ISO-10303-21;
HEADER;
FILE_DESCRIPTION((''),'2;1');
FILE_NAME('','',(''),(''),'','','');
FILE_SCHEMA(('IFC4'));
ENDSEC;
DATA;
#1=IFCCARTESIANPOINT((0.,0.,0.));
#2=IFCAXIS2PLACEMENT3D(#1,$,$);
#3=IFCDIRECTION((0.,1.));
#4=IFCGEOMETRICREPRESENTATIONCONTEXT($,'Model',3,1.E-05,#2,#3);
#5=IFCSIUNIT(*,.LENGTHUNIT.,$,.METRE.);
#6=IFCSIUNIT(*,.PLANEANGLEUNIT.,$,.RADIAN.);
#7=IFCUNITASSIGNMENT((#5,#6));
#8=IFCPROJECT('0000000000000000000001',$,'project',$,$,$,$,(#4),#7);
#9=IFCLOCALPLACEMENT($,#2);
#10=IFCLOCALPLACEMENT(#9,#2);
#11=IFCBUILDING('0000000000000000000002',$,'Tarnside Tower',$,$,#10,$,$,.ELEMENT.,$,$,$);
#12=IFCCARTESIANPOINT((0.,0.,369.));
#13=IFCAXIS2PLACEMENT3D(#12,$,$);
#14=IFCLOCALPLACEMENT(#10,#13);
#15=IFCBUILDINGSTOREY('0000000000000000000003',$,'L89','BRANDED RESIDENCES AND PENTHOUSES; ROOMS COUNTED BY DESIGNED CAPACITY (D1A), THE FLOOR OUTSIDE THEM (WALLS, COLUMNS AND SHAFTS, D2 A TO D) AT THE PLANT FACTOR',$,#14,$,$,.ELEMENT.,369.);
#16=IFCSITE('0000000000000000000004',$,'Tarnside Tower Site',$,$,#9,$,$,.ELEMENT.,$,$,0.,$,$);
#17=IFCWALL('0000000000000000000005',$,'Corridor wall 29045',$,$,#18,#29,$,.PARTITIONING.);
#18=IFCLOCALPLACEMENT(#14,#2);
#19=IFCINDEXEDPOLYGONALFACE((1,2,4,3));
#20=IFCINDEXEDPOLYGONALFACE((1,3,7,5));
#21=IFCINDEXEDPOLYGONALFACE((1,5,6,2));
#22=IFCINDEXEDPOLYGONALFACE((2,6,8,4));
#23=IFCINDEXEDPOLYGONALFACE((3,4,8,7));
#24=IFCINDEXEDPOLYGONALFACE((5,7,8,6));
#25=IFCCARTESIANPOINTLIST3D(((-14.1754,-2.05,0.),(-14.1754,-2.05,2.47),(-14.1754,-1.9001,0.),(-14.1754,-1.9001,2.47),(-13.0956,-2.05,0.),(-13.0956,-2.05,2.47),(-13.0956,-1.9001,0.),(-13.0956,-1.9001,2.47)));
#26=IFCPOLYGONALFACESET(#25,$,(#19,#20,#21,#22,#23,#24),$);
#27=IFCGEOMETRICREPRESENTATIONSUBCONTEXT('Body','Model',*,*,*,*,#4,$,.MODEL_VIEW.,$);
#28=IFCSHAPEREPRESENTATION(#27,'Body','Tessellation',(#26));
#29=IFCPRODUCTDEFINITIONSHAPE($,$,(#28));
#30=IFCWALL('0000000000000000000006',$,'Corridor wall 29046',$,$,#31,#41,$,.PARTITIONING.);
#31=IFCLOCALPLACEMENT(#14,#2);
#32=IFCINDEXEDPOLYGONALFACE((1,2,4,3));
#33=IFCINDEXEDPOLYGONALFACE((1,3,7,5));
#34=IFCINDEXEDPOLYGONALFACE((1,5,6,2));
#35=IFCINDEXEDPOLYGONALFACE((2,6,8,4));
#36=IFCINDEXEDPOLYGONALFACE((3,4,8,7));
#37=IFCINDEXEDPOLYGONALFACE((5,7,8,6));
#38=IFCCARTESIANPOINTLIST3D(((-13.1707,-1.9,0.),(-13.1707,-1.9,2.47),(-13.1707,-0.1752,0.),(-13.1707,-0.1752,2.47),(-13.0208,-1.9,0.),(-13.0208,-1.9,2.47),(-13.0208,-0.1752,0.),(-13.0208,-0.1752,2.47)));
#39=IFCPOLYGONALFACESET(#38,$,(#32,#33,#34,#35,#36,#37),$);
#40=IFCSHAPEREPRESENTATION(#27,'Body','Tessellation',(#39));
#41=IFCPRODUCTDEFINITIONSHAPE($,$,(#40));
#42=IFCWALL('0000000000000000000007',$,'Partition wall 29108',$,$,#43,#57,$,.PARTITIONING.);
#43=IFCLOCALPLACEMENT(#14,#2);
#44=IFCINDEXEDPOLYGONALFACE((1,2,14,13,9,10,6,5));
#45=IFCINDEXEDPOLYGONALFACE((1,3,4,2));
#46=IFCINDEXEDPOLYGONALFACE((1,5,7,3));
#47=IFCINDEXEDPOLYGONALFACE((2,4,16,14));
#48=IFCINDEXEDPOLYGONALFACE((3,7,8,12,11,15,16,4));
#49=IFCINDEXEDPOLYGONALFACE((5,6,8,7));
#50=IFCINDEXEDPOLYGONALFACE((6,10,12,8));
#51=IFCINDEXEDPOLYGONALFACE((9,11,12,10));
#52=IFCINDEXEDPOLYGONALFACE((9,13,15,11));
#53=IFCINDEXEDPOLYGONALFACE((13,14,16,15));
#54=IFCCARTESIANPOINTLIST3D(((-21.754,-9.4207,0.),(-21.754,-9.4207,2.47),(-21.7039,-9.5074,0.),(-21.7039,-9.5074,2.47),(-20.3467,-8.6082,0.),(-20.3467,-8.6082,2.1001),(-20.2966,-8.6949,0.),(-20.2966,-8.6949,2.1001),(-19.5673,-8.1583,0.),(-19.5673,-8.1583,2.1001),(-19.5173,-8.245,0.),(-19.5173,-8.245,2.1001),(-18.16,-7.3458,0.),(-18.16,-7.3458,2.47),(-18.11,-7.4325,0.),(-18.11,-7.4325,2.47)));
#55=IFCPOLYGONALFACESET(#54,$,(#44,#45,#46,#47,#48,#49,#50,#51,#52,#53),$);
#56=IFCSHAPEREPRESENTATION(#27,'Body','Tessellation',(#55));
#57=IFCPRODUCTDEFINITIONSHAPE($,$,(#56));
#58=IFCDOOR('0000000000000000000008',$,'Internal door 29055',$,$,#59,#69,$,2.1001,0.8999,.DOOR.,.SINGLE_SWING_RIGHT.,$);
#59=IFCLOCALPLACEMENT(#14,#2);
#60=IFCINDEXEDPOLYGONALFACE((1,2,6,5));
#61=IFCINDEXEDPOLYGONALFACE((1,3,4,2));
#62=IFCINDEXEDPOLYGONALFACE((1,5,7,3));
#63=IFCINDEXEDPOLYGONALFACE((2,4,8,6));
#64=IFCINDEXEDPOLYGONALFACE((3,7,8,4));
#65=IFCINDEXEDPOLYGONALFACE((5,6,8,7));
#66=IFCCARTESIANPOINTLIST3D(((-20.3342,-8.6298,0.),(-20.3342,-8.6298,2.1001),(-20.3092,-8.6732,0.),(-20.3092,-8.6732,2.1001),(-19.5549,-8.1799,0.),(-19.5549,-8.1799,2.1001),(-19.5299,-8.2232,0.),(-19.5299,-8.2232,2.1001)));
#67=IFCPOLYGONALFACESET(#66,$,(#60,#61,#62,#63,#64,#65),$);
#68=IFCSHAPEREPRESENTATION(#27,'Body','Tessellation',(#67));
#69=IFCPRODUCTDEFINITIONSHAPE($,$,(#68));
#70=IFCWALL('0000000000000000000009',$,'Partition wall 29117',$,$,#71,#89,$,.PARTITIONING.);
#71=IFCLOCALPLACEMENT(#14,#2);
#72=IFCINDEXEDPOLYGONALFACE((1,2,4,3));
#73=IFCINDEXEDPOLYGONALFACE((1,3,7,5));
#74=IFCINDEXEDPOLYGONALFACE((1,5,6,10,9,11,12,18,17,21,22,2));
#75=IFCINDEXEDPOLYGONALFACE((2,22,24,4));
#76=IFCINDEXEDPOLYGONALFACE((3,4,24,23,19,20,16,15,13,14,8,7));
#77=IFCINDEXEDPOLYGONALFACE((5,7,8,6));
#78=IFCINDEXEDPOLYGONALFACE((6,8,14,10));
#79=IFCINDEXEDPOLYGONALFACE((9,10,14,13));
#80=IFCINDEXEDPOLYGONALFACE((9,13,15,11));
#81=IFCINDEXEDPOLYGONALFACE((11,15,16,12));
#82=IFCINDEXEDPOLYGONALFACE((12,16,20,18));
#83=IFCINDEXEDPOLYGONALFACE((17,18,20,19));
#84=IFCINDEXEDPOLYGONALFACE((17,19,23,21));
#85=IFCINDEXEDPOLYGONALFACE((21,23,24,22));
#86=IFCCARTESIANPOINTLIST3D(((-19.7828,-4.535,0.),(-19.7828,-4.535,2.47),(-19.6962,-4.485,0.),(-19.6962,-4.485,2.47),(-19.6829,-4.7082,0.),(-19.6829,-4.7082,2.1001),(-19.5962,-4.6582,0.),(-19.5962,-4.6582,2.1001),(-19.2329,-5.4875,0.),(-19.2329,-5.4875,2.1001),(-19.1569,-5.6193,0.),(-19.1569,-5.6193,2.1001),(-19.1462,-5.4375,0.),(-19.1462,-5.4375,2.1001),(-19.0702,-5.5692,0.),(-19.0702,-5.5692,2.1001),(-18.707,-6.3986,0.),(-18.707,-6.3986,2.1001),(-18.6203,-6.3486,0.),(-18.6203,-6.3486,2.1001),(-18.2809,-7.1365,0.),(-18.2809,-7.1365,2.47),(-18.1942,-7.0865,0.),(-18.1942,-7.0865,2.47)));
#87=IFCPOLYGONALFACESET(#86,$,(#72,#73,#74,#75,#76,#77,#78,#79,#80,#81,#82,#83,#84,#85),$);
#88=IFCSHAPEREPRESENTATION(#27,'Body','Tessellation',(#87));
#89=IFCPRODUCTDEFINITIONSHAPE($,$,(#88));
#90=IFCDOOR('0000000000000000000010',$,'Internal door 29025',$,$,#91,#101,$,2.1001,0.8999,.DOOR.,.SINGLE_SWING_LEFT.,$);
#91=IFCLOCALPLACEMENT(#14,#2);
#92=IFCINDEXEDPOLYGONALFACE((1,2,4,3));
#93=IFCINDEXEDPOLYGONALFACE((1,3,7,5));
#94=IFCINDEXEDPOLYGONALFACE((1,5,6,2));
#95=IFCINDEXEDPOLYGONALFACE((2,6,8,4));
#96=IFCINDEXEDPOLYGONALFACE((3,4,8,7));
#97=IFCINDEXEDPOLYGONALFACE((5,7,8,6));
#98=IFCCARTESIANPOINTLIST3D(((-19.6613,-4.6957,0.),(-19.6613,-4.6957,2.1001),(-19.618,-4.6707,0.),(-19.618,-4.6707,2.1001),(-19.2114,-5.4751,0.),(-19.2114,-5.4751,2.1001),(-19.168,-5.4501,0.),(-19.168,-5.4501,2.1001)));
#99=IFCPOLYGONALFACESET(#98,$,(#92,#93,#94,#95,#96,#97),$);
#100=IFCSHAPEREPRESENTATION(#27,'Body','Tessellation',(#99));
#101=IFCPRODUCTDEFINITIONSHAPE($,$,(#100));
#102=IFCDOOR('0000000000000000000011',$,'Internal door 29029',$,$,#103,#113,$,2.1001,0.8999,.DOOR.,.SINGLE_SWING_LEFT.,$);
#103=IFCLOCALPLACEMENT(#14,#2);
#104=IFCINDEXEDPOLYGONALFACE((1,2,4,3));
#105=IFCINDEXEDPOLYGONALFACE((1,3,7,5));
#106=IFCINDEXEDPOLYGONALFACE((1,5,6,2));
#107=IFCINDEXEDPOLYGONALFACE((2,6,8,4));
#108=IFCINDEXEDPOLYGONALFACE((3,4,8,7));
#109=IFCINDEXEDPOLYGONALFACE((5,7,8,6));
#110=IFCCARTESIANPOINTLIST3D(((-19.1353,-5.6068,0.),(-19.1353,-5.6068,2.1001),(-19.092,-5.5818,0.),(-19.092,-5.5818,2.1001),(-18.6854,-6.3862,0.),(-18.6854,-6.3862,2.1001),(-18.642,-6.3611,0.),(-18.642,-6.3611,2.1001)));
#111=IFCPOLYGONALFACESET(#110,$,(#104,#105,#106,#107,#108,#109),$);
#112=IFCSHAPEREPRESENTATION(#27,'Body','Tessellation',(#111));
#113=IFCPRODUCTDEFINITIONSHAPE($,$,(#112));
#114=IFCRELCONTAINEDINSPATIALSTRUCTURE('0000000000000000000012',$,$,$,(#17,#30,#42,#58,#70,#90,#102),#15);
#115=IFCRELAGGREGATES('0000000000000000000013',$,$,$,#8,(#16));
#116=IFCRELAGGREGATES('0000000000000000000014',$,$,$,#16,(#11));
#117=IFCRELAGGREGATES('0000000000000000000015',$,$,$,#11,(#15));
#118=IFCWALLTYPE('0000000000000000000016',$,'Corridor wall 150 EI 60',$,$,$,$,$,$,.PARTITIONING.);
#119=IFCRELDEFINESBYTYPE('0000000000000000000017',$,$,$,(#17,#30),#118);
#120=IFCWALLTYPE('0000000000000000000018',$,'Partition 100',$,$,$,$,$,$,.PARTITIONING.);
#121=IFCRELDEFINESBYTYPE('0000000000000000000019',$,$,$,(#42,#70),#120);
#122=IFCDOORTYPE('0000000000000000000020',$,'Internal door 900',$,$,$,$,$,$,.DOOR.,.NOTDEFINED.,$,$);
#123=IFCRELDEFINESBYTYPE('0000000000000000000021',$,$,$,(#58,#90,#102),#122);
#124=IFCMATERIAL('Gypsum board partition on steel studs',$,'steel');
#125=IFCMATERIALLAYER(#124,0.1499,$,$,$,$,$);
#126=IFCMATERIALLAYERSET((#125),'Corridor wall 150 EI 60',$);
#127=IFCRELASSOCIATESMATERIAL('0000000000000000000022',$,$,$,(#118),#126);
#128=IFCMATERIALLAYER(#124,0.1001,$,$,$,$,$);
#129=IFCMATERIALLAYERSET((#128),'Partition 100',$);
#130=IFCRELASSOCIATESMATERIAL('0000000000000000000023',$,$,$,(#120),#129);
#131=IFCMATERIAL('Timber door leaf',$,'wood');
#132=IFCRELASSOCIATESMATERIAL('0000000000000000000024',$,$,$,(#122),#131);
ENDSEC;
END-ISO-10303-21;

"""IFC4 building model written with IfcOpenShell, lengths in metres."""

from ifc_helpers import new_model, si_unit, direction, frame, frame_2d, origin, place, context, subcontext, project, spatial, rectangle, extrude, material, layer, layer_set, type_object, element, fill, save


model = new_model("IFC4")

# Units and contexts
model_context = context("Model", 3, precision=1e-05, world=origin(), true_north=direction((0.0, 1.0)))
body_context = subcontext(model_context, "Body", "Model", "MODEL_VIEW")
ifc_project = project(units=[si_unit("LENGTHUNIT", "METRE"), si_unit("PLANEANGLEUNIT", "RADIAN")], contexts=[model_context])

# Site, building, storey
site_placement = place(None, origin())
site = spatial("IfcSite", under=ifc_project, at=site_placement, Name="Tarnside Tower Site", CompositionType="ELEMENT", RefElevation=0.0)
building_placement = place(site_placement, origin())
building = spatial("IfcBuilding", under=site, at=building_placement, Name="Tarnside Tower", CompositionType="ELEMENT")
storey_placement = place(building_placement, frame((0.0, 0.0, 369.0)))
storey = spatial("IfcBuildingStorey", under=building, at=storey_placement, Name="L89", Description="BRANDED RESIDENCES AND PENTHOUSES; ROOMS COUNTED BY DESIGNED CAPACITY (D1A), THE FLOOR OUTSIDE THEM (WALLS, COLUMNS AND SHAFTS, D2 A TO D) AT THE PLANT FACTOR", CompositionType="ELEMENT", Elevation=369.0)

# Shared definitions
ifc_material_1 = material(Name="Gypsum board partition on steel studs", Category="steel")
ifc_material_2 = material(Name="Timber door leaf", Category="wood")

# Shared definitions
ifc_layer_1 = layer(ifc_material_1, 0.1499)
ifc_layer_set_1 = layer_set([ifc_layer_1], Name="Corridor wall 150 EI 60")
wall_type_1 = type_object("IfcWallType", Name="Corridor wall 150 EI 60", PredefinedType="PARTITIONING", material=ifc_layer_set_1)

# Walls
wall_1_placement = place(storey_placement, frame((-14.1755, -1.9751, 0.0), z_axis=(0.0, 0.0, 1.0), x_axis=(1.0, 0.0, 0.0)))
element("IfcWall", 1, at=wall_1_placement, inside=storey, type_object=wall_type_1, Name="Corridor wall 29045", PredefinedType="PARTITIONING", context=body_context, shape_type="SweptSolid", body=[
    extrude(rectangle(XDim=1.0798, YDim=0.1499, at=frame_2d((0.54, 0.0))), origin(), (0.0, 0.0, 1.0), 2.47),
])
wall_2_placement = place(storey_placement, frame((-13.0957, -1.8999, 0.0), z_axis=(0.0, 0.0, 1.0), x_axis=(0.0, 1.0, 0.0)))
element("IfcWall", 2, at=wall_2_placement, inside=storey, type_object=wall_type_1, Name="Corridor wall 29046", PredefinedType="PARTITIONING", context=body_context, shape_type="SweptSolid", body=[
    extrude(rectangle(XDim=1.7249, YDim=0.1499, at=frame_2d((0.8623, 0.0))), origin(), (0.0, 0.0, 1.0), 2.47),
])

# Wall, opening, door
ifc_layer_2 = layer(ifc_material_1, 0.1001)
ifc_layer_set_2 = layer_set([ifc_layer_2], Name="Partition 100")
wall_type_2 = type_object("IfcWallType", Name="Partition 100", PredefinedType="PARTITIONING", material=ifc_layer_set_2)
wall_3_placement = place(storey_placement, frame((-18.135, -7.3892, 0.0), z_axis=(0.0, 0.0, 1.0), x_axis=(-0.86603, -0.499992, 0.0)))
wall_3 = element("IfcWall", 3, at=wall_3_placement, inside=storey, type_object=wall_type_2, Name="Partition wall 29108", PredefinedType="PARTITIONING", context=body_context, shape_type="SweptSolid", body=[
    extrude(rectangle(XDim=4.1499, YDim=0.1001, at=frame_2d((2.075, 0.0))), origin(), (0.0, 0.0, 1.0), 2.47),
])
opening_1_placement = place(wall_3_placement, frame((1.625, 0.0, 0.0)))
opening_1 = element("IfcOpeningElement", 4, at=opening_1_placement, cuts=wall_3, PredefinedType="OPENING", context=body_context, shape_type="SweptSolid", body=[
    extrude(rectangle(XDim=0.8999, YDim=2.1001, at=frame_2d((0.45, 1.05))), frame((0.0, 0.0601, 0.0), z_axis=(0.0, -1.0, 0.0), x_axis=(1.0, 0.0, 0.0)), (0.0, 0.0, 1.0), 0.1201),
])
door_type_1 = type_object("IfcDoorType", Name="Internal door 900", OperationType="NOTDEFINED", PredefinedType="DOOR", material=ifc_material_2)
door_1_placement = place(opening_1_placement, origin())
door_1 = element("IfcDoor", 5, at=door_1_placement, inside=storey, type_object=door_type_1, Name="Internal door 29055", OperationType="SINGLE_SWING_RIGHT", OverallHeight=2.1001, OverallWidth=0.8999, PredefinedType="DOOR", context=body_context, shape_type="SweptSolid", body=[
    extrude(rectangle(XDim=0.8999, YDim=2.1001, at=frame_2d((0.45, 1.05))), frame((0.0, 0.0249, 0.0), z_axis=(0.0, -1.0, 0.0), x_axis=(1.0, 0.0, 0.0)), (0.0, 0.0, 1.0), 0.05),
])
fill(opening_1, door_1)

# Wall, openings, doors
wall_4_placement = place(storey_placement, frame((-19.7395, -4.51, 0.0), z_axis=(0.0, 0.0, 1.0), x_axis=(0.499985, -0.866034, 0.0)))
wall_4 = element("IfcWall", 6, at=wall_4_placement, inside=storey, type_object=wall_type_2, Name="Partition wall 29117", PredefinedType="PARTITIONING", context=body_context, shape_type="SweptSolid", body=[
    extrude(rectangle(XDim=3.0039, YDim=0.1001, at=frame_2d((1.502, 0.0))), origin(), (0.0, 0.0, 1.0), 2.47),
])
opening_2_placement = place(wall_4_placement, frame((0.2, 0.0, 0.0)))
opening_2 = element("IfcOpeningElement", 7, at=opening_2_placement, cuts=wall_4, PredefinedType="OPENING", context=body_context, shape_type="SweptSolid", body=[
    extrude(rectangle(XDim=0.8999, YDim=2.1001, at=frame_2d((0.45, 1.05))), frame((0.0, 0.0601, 0.0), z_axis=(0.0, -1.0, 0.0), x_axis=(1.0, 0.0, 0.0)), (0.0, 0.0, 1.0), 0.1201),
])
opening_3_placement = place(wall_4_placement, frame((1.252, 0.0, 0.0)))
opening_3 = element("IfcOpeningElement", 8, at=opening_3_placement, cuts=wall_4, PredefinedType="OPENING", context=body_context, shape_type="SweptSolid", body=[
    extrude(rectangle(XDim=0.8999, YDim=2.1001, at=frame_2d((0.45, 1.05))), frame((0.0, 0.0601, 0.0), z_axis=(0.0, -1.0, 0.0), x_axis=(1.0, 0.0, 0.0)), (0.0, 0.0, 1.0), 0.1201),
])
door_2_placement = place(opening_2_placement, origin())
door_2 = element("IfcDoor", 9, at=door_2_placement, inside=storey, type_object=door_type_1, Name="Internal door 29025", OperationType="SINGLE_SWING_LEFT", OverallHeight=2.1001, OverallWidth=0.8999, PredefinedType="DOOR", context=body_context, shape_type="SweptSolid", body=[
    extrude(rectangle(XDim=0.8999, YDim=2.1001, at=frame_2d((0.45, 1.05))), frame((0.0, 0.0249, 0.0), z_axis=(0.0, -1.0, 0.0), x_axis=(1.0, 0.0, 0.0)), (0.0, 0.0, 1.0), 0.05),
])
fill(opening_2, door_2)
door_3_placement = place(opening_3_placement, origin())
door_3 = element("IfcDoor", 10, at=door_3_placement, inside=storey, type_object=door_type_1, Name="Internal door 29029", OperationType="SINGLE_SWING_LEFT", OverallHeight=2.1001, OverallWidth=0.8999, PredefinedType="DOOR", context=body_context, shape_type="SweptSolid", body=[
    extrude(rectangle(XDim=0.8999, YDim=2.1001, at=frame_2d((0.45, 1.05))), frame((0.0, 0.0249, 0.0), z_axis=(0.0, -1.0, 0.0), x_axis=(1.0, 0.0, 0.0)), (0.0, 0.0, 1.0), 0.05),
])
fill(opening_3, door_3)

save(model, "model.ifc")
